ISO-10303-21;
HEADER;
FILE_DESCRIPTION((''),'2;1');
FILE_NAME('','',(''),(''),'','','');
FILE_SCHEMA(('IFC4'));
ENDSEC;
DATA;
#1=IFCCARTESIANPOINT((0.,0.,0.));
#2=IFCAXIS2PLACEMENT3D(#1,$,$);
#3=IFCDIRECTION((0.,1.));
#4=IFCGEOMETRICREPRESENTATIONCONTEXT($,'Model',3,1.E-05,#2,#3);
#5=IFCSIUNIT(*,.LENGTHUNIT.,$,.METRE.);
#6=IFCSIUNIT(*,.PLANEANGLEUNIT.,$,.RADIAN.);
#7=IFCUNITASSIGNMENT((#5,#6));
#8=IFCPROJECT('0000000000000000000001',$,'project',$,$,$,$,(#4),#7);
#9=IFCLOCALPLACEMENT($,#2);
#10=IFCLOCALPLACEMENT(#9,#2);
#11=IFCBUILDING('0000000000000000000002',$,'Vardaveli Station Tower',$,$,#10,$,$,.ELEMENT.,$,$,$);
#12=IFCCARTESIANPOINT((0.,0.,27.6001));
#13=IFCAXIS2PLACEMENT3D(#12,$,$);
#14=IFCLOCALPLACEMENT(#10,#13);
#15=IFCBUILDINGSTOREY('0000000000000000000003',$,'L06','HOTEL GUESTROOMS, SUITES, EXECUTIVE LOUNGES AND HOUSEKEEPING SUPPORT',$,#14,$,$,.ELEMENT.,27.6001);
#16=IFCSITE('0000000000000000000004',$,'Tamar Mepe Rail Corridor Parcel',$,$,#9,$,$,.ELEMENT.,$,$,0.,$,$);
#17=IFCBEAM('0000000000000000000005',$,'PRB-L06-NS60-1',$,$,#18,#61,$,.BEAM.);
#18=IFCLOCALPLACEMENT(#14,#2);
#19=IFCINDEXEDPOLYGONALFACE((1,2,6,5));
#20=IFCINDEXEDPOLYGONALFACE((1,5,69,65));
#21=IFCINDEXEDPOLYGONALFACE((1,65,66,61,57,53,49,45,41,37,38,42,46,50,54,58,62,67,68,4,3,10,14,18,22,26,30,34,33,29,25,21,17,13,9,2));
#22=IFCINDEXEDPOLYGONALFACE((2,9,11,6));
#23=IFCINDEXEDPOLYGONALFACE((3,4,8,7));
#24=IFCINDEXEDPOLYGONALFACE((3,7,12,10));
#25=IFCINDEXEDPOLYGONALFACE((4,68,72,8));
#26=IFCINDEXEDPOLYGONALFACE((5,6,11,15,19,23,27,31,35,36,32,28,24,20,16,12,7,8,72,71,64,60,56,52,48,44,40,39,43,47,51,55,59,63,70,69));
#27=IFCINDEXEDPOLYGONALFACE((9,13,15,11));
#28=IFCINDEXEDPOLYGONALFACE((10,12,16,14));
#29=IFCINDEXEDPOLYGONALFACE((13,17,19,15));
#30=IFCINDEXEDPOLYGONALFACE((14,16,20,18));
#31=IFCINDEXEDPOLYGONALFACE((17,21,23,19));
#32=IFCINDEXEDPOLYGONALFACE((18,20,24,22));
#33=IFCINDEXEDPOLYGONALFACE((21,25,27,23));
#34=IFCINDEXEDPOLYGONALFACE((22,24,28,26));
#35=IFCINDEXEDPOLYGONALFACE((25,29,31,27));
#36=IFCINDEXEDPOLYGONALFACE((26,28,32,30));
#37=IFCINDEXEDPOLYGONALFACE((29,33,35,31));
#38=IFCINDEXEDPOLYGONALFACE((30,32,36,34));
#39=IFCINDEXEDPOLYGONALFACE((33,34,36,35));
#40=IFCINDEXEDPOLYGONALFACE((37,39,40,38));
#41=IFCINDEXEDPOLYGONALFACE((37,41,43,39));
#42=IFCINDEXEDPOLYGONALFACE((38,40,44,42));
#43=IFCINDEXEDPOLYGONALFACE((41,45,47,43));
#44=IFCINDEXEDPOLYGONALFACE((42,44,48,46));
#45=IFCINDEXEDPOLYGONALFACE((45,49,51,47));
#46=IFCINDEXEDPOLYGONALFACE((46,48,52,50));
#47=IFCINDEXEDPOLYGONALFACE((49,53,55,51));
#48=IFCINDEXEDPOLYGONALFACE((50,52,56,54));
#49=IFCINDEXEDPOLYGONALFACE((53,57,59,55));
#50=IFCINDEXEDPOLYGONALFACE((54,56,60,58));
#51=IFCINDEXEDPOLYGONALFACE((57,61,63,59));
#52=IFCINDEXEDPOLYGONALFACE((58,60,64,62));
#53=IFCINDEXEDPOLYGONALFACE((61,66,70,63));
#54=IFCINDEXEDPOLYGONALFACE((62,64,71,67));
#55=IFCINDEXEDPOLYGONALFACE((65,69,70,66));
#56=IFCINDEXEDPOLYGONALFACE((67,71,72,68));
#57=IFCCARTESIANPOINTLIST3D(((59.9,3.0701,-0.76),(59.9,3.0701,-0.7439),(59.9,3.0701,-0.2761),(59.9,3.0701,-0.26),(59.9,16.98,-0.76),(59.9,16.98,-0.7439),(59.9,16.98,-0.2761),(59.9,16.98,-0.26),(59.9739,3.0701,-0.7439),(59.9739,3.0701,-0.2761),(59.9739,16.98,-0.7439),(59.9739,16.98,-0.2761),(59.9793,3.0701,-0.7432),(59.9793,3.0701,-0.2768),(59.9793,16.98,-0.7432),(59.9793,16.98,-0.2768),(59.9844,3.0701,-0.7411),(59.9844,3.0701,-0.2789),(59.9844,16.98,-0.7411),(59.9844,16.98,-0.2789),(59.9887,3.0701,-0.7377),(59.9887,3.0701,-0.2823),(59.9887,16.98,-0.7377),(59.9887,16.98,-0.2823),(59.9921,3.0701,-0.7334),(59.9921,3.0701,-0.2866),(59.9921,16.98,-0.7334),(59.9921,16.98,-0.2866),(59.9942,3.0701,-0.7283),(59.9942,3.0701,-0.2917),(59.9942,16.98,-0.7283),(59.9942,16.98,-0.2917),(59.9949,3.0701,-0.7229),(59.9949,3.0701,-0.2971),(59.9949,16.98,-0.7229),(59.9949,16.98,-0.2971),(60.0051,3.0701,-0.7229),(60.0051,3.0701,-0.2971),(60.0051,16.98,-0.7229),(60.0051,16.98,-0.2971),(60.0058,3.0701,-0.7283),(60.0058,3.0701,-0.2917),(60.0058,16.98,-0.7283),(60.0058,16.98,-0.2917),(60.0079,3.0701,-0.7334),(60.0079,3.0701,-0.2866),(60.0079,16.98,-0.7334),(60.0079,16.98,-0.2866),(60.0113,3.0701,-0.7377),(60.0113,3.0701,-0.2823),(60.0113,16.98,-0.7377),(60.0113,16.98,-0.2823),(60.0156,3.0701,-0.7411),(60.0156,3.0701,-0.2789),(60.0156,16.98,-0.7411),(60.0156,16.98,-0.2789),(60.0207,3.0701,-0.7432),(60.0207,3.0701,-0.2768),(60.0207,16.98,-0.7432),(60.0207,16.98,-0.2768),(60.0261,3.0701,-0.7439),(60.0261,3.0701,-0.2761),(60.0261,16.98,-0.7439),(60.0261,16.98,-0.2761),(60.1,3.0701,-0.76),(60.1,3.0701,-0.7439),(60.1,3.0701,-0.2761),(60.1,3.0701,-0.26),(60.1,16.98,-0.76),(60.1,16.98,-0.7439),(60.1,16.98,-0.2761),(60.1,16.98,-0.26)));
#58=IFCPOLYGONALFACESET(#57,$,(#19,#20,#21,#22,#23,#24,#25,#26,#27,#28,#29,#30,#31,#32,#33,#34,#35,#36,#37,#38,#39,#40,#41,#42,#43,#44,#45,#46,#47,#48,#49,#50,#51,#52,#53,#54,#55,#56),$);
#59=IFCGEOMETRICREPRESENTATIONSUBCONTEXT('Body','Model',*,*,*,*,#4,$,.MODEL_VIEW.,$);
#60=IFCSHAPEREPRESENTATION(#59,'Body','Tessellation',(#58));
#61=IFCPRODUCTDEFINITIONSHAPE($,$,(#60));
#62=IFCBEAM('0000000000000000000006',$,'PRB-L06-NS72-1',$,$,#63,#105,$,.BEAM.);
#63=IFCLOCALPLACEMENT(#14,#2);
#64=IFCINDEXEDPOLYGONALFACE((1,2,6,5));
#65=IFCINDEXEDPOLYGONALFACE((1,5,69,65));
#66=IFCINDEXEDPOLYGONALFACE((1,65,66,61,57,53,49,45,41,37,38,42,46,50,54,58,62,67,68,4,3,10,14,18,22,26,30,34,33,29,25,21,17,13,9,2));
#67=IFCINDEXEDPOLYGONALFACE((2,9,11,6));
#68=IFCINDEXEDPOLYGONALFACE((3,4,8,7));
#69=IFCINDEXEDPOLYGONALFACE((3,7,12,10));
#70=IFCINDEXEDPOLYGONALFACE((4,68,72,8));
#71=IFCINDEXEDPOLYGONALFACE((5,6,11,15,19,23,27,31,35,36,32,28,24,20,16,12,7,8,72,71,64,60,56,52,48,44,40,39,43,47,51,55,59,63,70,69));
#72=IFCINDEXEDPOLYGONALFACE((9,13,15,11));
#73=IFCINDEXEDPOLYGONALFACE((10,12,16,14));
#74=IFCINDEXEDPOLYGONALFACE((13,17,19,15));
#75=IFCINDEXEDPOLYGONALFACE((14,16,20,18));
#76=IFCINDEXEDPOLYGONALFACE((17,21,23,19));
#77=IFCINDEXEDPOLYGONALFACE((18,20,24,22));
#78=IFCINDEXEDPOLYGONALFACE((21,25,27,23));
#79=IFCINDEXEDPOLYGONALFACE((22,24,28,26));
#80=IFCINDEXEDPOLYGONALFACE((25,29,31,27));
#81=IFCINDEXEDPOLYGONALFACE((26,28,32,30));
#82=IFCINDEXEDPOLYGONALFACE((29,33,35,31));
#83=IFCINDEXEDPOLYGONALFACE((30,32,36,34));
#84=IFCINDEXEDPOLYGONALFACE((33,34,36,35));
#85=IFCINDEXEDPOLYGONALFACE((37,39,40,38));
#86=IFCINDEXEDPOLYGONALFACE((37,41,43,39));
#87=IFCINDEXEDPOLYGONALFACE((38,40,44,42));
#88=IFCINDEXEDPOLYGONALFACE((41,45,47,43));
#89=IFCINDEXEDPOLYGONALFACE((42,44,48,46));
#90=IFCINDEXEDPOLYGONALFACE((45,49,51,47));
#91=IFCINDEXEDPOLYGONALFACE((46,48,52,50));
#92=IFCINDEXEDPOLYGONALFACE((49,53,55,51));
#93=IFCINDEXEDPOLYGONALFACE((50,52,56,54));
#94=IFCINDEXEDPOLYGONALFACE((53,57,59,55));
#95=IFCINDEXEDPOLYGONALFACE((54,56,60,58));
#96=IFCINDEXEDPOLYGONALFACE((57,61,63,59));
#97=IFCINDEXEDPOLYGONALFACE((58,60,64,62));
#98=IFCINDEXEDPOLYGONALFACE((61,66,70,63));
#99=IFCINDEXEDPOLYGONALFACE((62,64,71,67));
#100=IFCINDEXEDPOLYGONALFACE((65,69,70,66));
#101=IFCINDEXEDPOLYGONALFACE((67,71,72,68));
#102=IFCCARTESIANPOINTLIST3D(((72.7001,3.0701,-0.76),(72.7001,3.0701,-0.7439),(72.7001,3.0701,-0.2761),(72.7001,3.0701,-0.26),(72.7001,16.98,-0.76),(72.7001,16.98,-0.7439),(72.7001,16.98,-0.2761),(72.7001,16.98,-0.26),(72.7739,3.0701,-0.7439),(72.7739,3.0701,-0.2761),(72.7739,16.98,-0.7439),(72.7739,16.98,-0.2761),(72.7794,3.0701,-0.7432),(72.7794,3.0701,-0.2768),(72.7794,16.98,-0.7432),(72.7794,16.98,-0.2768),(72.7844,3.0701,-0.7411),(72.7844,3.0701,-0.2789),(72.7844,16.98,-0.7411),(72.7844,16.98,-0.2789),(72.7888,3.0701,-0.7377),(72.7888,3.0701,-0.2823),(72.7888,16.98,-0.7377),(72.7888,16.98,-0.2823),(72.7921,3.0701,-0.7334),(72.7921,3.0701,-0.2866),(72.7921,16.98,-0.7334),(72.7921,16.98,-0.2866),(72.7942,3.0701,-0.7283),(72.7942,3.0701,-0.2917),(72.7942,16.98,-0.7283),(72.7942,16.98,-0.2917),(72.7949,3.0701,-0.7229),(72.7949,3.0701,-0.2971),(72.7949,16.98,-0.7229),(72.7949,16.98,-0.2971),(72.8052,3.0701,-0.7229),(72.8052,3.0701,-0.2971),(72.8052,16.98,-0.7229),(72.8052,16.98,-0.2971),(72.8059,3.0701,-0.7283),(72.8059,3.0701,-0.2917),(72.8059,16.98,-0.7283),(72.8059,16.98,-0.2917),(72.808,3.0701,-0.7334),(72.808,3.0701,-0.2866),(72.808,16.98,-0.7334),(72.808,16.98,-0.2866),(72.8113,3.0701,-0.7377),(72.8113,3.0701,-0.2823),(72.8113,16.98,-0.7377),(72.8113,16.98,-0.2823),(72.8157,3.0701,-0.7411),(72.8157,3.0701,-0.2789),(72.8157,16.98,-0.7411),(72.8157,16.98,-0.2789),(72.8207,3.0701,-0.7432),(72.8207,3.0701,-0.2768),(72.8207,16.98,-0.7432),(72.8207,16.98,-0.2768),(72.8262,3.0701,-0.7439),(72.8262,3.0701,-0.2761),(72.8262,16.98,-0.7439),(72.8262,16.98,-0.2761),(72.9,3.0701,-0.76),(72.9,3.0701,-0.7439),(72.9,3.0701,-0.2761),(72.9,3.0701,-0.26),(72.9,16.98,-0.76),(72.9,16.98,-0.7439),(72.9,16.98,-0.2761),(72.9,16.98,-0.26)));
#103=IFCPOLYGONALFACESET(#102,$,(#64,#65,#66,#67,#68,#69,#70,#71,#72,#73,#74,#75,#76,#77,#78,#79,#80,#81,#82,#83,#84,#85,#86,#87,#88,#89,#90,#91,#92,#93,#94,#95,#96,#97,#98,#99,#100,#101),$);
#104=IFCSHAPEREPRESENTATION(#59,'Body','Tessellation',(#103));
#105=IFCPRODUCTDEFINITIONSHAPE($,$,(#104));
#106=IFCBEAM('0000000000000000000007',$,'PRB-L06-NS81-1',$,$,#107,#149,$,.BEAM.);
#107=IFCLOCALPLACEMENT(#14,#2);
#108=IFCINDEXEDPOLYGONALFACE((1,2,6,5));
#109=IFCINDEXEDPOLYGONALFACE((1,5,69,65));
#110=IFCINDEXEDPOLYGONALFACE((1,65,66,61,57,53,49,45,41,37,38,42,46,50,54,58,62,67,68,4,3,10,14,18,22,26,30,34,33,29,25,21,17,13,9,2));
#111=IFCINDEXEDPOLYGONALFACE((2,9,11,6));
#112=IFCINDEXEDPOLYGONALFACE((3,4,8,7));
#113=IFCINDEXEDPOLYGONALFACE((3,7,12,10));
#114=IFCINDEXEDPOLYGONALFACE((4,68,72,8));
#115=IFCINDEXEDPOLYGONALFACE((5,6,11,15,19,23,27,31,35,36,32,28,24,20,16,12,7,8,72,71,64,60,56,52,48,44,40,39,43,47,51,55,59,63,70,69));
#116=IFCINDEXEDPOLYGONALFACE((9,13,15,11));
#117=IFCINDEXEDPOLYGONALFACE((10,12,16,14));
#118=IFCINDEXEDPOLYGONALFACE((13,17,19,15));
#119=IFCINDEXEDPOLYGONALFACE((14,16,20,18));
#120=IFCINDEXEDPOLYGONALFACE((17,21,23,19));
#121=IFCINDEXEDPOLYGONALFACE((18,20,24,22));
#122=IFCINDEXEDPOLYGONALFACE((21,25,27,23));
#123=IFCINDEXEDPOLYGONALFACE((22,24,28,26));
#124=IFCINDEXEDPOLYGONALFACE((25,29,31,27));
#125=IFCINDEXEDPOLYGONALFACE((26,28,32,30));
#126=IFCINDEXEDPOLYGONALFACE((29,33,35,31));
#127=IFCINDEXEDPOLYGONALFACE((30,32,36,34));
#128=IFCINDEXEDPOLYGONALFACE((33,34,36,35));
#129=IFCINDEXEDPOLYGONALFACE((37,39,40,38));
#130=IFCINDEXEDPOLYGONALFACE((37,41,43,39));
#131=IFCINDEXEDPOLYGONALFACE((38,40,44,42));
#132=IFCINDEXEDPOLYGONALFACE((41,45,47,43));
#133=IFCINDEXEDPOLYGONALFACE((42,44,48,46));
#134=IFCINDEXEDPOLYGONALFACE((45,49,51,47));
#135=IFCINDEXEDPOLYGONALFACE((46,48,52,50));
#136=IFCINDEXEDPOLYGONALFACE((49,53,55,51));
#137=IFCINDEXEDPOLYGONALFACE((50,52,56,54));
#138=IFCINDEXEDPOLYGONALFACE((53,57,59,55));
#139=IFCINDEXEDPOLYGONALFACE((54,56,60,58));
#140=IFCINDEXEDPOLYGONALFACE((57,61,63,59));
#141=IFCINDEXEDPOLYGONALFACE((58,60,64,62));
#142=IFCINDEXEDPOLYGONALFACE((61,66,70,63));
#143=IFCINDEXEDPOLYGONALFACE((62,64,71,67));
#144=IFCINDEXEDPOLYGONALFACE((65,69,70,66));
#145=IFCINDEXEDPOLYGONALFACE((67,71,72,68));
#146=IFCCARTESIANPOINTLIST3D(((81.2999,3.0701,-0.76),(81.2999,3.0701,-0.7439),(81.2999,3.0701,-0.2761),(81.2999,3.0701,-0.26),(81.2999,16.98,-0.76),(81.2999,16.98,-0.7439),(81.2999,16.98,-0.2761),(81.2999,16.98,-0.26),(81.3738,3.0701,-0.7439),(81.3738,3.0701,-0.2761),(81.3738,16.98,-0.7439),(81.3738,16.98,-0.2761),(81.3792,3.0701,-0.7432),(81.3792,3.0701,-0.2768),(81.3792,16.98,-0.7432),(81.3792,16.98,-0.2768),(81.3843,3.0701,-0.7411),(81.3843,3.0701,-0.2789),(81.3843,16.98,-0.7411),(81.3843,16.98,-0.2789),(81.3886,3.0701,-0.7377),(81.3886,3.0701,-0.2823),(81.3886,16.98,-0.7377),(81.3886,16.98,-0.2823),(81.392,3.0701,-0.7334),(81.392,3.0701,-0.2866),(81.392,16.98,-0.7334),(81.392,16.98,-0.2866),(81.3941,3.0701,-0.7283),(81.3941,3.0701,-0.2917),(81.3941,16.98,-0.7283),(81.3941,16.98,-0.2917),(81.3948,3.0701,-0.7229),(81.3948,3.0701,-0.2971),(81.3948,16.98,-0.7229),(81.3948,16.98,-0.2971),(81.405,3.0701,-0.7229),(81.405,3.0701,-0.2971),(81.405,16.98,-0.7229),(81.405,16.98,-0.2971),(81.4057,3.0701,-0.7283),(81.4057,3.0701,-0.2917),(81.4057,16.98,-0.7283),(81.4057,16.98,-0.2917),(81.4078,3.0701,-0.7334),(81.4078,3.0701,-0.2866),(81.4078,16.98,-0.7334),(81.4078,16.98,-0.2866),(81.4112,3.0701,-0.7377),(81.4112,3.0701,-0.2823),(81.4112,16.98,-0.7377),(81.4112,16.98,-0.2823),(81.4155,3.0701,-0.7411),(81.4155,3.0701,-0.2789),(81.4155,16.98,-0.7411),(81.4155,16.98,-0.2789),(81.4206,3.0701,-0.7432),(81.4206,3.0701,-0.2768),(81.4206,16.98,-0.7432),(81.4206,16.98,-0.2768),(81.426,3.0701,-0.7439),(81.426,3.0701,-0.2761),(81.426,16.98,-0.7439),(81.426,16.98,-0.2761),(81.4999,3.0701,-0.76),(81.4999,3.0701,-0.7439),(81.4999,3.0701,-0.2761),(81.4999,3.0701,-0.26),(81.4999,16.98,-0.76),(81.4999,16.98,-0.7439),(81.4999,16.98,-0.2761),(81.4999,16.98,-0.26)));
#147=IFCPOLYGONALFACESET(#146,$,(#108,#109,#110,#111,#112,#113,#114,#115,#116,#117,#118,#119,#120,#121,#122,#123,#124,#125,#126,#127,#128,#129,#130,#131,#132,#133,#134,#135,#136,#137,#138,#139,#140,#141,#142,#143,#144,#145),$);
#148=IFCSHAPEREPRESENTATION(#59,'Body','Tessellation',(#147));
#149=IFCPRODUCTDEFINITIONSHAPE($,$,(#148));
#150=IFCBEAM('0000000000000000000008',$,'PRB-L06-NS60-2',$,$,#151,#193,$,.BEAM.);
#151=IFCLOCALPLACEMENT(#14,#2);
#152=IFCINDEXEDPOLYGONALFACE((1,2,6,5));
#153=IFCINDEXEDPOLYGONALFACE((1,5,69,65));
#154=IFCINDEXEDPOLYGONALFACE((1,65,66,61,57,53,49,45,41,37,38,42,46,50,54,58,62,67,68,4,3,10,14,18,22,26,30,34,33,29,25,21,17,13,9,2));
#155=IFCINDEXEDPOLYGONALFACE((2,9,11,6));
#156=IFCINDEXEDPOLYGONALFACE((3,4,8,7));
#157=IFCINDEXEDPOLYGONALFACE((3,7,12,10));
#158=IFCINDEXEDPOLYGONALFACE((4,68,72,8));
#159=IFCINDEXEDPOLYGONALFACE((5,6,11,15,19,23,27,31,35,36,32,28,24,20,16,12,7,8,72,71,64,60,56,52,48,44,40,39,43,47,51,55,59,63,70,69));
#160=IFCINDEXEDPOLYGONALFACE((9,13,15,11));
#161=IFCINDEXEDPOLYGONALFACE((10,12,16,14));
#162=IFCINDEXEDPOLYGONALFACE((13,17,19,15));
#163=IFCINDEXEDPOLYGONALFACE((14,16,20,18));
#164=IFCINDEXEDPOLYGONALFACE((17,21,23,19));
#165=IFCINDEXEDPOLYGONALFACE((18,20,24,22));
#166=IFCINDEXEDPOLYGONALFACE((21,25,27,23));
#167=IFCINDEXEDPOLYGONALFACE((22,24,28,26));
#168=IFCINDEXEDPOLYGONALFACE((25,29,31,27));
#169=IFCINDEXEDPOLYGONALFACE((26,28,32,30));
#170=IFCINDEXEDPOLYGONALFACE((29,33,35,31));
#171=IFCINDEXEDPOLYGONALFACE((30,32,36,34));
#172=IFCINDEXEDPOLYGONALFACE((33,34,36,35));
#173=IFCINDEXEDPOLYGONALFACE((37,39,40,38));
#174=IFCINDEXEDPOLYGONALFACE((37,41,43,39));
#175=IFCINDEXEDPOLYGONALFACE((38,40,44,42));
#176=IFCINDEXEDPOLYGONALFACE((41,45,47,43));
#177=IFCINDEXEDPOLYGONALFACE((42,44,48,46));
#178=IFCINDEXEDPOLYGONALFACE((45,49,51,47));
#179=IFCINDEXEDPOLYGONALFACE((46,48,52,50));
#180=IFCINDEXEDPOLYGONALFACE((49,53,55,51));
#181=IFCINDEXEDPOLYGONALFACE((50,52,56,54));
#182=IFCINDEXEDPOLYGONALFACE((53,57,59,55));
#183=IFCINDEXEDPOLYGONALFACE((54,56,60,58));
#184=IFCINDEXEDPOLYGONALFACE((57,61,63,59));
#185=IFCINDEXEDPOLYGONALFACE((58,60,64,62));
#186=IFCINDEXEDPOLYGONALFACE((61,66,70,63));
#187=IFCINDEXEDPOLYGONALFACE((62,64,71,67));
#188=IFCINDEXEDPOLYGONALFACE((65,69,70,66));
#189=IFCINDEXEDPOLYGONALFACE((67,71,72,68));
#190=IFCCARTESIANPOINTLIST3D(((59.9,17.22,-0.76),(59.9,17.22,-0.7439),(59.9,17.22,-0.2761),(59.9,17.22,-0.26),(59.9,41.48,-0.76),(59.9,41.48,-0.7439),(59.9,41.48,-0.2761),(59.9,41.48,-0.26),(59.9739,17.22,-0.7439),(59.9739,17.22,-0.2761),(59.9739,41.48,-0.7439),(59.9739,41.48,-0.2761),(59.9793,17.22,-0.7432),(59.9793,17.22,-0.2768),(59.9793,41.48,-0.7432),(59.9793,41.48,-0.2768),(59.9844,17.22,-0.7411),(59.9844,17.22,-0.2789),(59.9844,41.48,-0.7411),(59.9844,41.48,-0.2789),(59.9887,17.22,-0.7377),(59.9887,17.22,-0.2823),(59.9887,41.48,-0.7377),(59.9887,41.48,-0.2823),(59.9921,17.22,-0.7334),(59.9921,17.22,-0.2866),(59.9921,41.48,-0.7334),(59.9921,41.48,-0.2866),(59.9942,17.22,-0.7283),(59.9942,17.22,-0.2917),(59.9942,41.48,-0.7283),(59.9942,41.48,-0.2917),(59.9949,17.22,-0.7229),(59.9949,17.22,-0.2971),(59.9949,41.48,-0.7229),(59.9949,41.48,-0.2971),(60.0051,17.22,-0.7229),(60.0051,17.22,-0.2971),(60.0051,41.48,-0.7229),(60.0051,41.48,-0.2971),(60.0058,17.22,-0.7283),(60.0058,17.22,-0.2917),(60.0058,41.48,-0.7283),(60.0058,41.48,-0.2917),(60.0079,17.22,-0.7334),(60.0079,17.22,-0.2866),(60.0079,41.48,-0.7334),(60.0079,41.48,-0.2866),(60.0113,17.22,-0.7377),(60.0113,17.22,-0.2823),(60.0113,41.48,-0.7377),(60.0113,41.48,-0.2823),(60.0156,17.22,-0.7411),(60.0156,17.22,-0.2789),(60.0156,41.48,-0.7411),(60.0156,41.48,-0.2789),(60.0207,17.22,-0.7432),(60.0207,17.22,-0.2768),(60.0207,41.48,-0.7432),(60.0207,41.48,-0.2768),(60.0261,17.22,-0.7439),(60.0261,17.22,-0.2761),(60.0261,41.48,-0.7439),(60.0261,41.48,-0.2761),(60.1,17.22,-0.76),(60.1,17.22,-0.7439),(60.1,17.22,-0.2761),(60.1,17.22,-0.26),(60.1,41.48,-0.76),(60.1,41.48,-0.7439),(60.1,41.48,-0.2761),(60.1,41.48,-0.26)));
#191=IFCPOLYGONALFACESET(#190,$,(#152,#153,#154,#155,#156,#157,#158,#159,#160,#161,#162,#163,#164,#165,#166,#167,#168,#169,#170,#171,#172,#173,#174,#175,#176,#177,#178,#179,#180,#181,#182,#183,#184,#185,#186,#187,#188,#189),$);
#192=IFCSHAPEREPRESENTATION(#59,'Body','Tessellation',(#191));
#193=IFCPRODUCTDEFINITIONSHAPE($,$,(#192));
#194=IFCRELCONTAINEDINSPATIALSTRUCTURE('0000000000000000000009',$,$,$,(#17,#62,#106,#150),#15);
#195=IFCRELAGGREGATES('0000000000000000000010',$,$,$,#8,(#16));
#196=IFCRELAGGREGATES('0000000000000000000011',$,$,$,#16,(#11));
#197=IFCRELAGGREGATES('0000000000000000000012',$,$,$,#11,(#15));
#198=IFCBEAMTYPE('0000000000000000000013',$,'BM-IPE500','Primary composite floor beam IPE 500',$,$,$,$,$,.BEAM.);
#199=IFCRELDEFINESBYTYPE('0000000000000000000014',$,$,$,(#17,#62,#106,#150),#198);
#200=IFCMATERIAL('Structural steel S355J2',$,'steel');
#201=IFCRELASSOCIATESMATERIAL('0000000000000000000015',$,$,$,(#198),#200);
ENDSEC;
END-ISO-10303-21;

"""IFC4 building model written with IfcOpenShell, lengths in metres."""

from ifc_helpers import new_model, si_unit, direction, frame, origin, origin_2d, place, context, subcontext, project, spatial, i_section, extrude, source, transform, mapped, material, material_profile, profile_set, type_object, element, save


model = new_model("IFC4")

# Units and contexts
model_context = context("Model", 3, precision=1e-05, world=origin(), true_north=direction((0.0, 1.0)))
body_context = subcontext(model_context, "Body", "Model", "MODEL_VIEW")
ifc_project = project(units=[si_unit("LENGTHUNIT", "METRE"), si_unit("PLANEANGLEUNIT", "RADIAN")], contexts=[model_context])

# Site, building, storey
site_placement = place(None, origin())
site = spatial("IfcSite", under=ifc_project, at=site_placement, Name="Tamar Mepe Rail Corridor Parcel", CompositionType="ELEMENT", RefElevation=0.0)
building_placement = place(site_placement, origin())
building = spatial("IfcBuilding", under=site, at=building_placement, Name="Vardaveli Station Tower", CompositionType="ELEMENT")
storey_placement = place(building_placement, frame((0.0, 0.0, 27.6001)))
storey = spatial("IfcBuildingStorey", under=building, at=storey_placement, Name="L06", Description="HOTEL GUESTROOMS, SUITES, EXECUTIVE LOUNGES AND HOUSEKEEPING SUPPORT", CompositionType="ELEMENT", Elevation=27.6001)

# Beams
ifc_material_1 = material(Name="Structural steel S355J2", Category="steel")
ifc_material_profile_1 = material_profile(ifc_material_1, i_section(OverallWidth=0.2, OverallDepth=0.5, WebThickness=0.0103, FlangeThickness=0.0161, FilletRadius=0.021, at=origin_2d()), Name="IPE 500")
ifc_profile_set_1 = profile_set([ifc_material_profile_1], Name="Structural steel S355J2")
beam_type_1 = type_object("IfcBeamType", Name="BM-IPE500", Description="Primary composite floor beam IPE 500", PredefinedType="BEAM", material=ifc_profile_set_1)
shared_shape_1 = source(origin(), body_context, "Body", "SweptSolid", [
    extrude(i_section(OverallWidth=0.2, OverallDepth=0.5, WebThickness=0.0103, FlangeThickness=0.0161, FilletRadius=0.021, at=origin_2d()), origin(), (0.0, 0.0, 1.0), 13.9099),
])
for number, where, z_axis, x_axis, name in (
    (1, (60.0, 3.0701, -0.51), (0.0, 1.0, 0.0), (-1.0, 0.0, 0.0), "PRB-L06-NS60-1"),
    (2, (72.8, 3.0701, -0.51), (0.0, 1.0, 0.0), (-1.0, 0.0, 0.0), "PRB-L06-NS72-1"),
    (3, (81.3999, 3.0701, -0.51), (0.0, 1.0, 0.0), (-1.0, 0.0, 0.0), "PRB-L06-NS81-1"),
):
    element("IfcBeam", number, at=place(storey_placement, frame(where, z_axis=z_axis, x_axis=x_axis)), inside=storey, type_object=beam_type_1, Name=name, PredefinedType="BEAM", context=body_context, shape_type="MappedRepresentation", body=[
        mapped(shared_shape_1, transform((0.0, 0.0, 0.0), scale=1.0)),
    ])
shared_shape_2 = source(origin(), body_context, "Body", "SweptSolid", [
    extrude(i_section(OverallWidth=0.2, OverallDepth=0.5, WebThickness=0.0103, FlangeThickness=0.0161, FilletRadius=0.021, at=origin_2d()), origin(), (0.0, 0.0, 1.0), 24.26),
])
beam_placement = place(storey_placement, frame((60.0, 17.22, -0.51), z_axis=(0.0, 1.0, 0.0), x_axis=(-1.0, 0.0, 0.0)))
element("IfcBeam", 4, at=beam_placement, inside=storey, type_object=beam_type_1, Name="PRB-L06-NS60-2", PredefinedType="BEAM", context=body_context, shape_type="MappedRepresentation", body=[
    mapped(shared_shape_2, transform((0.0, 0.0, 0.0), scale=1.0)),
])

save(model, "model.ifc")
